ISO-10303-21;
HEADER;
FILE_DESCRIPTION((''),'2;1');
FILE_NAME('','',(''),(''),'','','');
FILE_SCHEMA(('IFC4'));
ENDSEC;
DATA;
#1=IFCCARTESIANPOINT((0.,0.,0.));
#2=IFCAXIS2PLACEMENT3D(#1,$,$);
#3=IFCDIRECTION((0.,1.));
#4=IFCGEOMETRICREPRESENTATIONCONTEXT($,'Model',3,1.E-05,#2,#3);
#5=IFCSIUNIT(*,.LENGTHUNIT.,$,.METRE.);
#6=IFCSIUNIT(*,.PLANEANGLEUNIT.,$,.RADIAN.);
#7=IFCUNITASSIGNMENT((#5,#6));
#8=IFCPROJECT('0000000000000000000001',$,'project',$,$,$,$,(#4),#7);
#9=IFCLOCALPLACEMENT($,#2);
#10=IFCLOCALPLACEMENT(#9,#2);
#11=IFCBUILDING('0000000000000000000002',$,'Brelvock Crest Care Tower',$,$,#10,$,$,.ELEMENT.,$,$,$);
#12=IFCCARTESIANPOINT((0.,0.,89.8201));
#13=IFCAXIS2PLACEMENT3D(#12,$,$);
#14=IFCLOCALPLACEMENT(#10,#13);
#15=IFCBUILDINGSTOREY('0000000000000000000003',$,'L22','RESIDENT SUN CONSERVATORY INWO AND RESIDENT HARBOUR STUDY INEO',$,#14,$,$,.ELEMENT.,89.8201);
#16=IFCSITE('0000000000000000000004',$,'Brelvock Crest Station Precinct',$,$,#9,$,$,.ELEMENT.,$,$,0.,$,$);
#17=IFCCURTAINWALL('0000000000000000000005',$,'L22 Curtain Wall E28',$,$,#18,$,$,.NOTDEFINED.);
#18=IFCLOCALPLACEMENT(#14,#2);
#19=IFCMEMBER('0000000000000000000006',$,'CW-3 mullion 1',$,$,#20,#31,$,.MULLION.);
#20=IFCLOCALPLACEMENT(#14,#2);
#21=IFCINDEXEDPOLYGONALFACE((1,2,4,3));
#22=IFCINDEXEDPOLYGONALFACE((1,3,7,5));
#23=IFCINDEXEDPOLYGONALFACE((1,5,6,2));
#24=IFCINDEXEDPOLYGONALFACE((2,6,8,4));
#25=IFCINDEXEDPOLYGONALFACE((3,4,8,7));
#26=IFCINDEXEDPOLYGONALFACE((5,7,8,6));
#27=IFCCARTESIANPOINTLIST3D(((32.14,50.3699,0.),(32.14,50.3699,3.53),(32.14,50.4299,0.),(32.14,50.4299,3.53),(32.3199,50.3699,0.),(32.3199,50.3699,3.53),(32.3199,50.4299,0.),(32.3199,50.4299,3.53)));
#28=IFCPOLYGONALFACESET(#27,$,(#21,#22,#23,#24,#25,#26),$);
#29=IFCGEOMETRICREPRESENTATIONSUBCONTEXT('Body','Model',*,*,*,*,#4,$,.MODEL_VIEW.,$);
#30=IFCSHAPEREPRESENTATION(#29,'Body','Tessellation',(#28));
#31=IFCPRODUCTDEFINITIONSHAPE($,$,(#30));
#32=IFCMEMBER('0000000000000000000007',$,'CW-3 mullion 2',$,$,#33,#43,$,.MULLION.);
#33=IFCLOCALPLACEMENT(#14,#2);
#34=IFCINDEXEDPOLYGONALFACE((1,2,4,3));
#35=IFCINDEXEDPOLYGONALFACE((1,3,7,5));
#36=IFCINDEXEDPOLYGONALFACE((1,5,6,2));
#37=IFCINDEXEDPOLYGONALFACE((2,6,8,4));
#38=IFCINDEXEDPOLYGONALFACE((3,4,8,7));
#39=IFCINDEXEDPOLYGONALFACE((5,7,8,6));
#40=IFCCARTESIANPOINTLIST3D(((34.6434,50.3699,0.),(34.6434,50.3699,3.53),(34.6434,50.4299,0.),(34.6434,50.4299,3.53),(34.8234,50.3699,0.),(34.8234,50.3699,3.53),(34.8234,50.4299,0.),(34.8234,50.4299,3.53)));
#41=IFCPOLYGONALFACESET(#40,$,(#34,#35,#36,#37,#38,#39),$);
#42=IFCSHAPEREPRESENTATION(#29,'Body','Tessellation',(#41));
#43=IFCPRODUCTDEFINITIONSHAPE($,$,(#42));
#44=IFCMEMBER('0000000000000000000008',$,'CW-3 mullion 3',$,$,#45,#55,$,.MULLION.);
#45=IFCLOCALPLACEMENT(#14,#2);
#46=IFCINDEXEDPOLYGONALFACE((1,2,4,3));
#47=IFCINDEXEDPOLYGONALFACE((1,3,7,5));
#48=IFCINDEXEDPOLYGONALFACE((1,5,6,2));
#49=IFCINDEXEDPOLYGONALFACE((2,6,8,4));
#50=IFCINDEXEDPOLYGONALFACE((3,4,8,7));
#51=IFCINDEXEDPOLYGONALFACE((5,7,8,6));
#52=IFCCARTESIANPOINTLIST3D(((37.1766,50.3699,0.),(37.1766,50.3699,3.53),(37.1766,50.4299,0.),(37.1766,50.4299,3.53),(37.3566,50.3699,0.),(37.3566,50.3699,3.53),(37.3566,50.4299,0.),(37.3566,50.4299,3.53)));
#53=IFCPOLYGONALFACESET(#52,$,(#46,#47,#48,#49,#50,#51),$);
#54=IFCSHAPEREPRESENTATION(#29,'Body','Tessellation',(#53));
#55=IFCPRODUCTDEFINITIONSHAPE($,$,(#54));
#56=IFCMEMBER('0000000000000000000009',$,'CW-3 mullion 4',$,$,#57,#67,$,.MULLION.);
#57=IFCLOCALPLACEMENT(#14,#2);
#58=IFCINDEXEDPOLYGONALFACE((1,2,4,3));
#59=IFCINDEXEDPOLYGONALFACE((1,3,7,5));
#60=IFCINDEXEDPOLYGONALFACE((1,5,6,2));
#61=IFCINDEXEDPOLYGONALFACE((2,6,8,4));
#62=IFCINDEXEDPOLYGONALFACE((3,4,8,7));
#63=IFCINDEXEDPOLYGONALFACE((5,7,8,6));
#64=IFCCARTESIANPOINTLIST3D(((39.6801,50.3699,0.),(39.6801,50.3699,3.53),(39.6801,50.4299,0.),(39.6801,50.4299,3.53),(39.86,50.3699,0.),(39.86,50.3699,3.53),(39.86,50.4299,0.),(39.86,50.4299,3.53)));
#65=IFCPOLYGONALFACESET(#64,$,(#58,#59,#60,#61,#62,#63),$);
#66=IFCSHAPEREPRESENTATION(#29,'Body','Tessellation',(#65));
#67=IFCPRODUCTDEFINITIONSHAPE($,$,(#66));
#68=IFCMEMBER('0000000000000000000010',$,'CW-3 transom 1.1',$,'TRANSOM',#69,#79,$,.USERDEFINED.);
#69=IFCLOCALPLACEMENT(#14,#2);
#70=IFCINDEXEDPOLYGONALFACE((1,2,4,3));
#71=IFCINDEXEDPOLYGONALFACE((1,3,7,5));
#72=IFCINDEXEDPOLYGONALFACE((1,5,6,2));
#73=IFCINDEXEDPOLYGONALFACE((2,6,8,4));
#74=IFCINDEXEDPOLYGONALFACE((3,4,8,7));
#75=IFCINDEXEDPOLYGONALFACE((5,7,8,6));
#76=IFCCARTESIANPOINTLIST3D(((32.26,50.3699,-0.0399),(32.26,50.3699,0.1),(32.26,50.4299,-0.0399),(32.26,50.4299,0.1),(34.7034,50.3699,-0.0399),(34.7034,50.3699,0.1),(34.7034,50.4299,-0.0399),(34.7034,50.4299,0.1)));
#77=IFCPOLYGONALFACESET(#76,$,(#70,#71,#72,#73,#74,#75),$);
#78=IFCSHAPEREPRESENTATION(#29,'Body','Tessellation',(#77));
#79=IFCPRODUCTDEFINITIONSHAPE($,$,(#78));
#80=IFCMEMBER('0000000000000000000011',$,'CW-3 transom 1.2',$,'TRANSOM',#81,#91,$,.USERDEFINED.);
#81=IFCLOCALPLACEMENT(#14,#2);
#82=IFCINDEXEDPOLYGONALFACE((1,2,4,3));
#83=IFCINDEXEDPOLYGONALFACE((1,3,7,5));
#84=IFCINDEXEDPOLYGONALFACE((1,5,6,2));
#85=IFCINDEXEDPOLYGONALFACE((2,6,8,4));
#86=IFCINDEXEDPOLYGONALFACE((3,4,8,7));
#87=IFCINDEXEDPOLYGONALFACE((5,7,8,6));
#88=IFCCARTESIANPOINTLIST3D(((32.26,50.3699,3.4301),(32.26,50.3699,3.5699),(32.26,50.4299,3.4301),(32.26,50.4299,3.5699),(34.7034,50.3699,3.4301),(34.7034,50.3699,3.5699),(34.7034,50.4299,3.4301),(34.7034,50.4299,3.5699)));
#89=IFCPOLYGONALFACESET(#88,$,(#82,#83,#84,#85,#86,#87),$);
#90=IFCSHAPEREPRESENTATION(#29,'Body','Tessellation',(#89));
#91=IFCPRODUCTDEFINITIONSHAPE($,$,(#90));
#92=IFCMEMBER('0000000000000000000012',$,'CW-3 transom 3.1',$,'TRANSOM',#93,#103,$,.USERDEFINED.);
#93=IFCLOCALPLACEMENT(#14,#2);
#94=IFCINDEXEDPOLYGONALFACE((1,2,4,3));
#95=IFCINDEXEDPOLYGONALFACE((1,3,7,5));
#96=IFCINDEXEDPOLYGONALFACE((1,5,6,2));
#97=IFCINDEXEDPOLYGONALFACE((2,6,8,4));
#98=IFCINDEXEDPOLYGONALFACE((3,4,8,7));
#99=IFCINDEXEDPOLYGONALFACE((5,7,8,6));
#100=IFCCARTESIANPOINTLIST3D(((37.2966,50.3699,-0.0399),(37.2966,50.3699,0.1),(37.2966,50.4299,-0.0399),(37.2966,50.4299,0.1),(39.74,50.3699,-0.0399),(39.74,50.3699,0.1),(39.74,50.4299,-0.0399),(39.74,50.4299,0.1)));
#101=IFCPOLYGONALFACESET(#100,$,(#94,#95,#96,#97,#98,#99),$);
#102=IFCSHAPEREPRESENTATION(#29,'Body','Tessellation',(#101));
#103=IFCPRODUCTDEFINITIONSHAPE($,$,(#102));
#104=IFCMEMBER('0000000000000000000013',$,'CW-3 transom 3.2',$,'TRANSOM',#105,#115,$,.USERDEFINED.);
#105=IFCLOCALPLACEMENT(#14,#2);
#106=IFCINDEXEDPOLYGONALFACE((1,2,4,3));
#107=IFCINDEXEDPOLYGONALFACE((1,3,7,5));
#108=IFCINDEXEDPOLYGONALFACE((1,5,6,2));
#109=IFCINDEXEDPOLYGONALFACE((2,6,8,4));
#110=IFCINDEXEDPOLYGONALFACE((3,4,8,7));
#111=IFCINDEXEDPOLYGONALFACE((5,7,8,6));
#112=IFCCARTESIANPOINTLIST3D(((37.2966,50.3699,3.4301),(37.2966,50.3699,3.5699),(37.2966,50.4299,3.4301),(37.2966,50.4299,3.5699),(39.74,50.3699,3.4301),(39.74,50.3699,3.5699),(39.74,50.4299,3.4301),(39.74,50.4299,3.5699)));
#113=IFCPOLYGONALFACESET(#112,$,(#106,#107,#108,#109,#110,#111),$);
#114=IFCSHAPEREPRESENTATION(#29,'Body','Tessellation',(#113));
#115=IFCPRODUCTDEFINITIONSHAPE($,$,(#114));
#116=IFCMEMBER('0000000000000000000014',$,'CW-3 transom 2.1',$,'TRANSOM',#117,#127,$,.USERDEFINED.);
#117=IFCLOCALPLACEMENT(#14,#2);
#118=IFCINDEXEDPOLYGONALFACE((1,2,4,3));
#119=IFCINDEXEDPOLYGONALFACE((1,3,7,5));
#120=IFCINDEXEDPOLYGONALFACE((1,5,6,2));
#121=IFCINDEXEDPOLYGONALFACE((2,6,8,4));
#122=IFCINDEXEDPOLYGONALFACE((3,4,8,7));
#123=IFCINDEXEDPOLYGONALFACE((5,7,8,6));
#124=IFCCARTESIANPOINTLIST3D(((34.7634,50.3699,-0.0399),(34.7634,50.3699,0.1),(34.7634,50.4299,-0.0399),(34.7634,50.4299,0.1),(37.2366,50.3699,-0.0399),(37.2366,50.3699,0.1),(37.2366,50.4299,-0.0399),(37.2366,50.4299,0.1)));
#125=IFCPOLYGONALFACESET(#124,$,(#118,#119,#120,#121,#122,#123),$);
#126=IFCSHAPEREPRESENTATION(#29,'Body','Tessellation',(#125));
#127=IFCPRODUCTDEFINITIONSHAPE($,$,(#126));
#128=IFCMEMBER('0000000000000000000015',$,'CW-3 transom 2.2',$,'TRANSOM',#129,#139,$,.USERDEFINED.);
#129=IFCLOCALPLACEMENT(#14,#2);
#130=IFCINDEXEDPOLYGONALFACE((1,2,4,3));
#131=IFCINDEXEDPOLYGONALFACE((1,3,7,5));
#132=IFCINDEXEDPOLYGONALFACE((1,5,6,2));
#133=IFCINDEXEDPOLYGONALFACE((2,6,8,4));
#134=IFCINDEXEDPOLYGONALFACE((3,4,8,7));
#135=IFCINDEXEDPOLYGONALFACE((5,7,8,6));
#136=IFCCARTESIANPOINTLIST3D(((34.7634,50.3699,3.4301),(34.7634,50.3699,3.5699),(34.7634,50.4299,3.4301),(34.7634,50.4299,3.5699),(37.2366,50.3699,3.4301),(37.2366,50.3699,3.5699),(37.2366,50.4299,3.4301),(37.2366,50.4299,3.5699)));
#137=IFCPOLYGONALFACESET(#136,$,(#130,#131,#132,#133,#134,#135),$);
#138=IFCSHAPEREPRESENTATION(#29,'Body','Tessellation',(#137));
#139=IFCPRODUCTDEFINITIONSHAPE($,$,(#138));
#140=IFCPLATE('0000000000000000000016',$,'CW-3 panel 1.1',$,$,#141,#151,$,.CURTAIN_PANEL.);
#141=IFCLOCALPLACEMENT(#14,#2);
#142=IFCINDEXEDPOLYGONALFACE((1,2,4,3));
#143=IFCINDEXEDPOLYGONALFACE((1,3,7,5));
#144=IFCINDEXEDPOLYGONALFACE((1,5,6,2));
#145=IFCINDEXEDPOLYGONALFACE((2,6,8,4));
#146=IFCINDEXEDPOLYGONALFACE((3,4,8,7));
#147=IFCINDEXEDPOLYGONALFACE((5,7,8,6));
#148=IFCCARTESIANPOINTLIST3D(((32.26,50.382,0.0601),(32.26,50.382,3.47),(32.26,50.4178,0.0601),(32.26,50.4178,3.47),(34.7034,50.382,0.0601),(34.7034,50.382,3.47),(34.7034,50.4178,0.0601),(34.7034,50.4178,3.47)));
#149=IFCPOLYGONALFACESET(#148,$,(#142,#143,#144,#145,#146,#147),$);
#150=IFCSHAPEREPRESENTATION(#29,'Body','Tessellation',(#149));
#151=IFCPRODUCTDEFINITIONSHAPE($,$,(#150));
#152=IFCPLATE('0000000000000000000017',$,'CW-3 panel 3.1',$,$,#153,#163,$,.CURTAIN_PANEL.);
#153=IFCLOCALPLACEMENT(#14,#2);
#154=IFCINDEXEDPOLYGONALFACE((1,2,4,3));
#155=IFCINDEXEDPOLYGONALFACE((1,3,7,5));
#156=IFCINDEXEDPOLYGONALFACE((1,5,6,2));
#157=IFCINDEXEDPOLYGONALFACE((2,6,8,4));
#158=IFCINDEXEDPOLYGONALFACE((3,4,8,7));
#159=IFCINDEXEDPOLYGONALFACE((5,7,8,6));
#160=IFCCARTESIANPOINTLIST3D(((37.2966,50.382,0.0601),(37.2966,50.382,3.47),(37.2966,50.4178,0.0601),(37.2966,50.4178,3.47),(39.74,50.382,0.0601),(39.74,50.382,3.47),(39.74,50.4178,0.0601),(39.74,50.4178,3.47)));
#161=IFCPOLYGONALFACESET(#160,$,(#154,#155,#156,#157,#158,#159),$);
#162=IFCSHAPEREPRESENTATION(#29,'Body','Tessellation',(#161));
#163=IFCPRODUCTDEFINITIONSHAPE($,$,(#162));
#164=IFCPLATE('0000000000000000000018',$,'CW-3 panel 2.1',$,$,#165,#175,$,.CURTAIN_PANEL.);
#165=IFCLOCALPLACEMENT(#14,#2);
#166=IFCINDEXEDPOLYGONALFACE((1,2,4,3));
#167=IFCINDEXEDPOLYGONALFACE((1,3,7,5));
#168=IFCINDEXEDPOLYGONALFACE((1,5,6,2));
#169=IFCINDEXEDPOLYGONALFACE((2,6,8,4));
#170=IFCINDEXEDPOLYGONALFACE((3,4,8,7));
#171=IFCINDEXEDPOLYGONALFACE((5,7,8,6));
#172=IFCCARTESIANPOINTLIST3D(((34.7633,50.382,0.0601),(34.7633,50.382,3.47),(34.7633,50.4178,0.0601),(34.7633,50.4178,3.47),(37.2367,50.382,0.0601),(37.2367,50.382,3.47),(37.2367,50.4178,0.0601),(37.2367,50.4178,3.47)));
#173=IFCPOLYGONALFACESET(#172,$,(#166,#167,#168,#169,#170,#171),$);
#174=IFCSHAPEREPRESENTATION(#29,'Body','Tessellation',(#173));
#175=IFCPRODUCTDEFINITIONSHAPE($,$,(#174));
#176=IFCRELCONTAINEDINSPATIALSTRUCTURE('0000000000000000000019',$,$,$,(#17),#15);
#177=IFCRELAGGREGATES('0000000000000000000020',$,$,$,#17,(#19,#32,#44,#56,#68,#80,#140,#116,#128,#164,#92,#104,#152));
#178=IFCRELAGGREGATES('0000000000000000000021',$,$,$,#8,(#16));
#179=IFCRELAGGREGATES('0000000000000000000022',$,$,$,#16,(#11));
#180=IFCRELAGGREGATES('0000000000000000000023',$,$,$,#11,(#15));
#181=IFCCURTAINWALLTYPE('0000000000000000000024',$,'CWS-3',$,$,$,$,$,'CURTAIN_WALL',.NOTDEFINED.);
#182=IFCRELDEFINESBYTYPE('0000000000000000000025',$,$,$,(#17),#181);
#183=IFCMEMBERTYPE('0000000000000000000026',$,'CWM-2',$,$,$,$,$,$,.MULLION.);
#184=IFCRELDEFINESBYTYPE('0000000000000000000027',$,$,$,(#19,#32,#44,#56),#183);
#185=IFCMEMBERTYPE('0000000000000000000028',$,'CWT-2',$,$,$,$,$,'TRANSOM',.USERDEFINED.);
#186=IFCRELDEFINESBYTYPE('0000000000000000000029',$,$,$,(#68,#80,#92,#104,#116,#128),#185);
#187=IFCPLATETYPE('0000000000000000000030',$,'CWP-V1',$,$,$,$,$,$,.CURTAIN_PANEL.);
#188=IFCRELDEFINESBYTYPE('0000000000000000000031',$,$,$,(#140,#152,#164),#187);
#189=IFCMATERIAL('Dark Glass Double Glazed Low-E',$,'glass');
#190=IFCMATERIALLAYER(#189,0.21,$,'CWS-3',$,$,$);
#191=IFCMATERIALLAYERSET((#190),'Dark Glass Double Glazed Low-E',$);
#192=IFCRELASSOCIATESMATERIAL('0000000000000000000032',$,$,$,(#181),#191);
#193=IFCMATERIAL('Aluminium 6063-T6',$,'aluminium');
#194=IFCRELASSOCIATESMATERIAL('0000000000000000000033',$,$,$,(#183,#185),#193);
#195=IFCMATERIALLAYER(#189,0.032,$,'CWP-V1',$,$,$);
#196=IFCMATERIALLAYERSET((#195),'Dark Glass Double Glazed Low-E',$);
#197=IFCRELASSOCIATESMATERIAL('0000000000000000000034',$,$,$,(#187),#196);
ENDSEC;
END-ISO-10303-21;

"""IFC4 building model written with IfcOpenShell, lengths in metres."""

from ifc_helpers import new_model, si_unit, direction, frame, origin, origin_2d, place, context, subcontext, project, spatial, rectangle, extrude, source, transform, mapped, material, layer, layer_set, material_profile, profile_set, type_object, element, aggregate, save


model = new_model("IFC4")

# Units and contexts
model_context = context("Model", 3, precision=1e-05, world=origin(), true_north=direction((0.0, 1.0)))
body_context = subcontext(model_context, "Body", "Model", "MODEL_VIEW")
ifc_project = project(units=[si_unit("LENGTHUNIT", "METRE"), si_unit("PLANEANGLEUNIT", "RADIAN")], contexts=[model_context])

# Site, building, storey
site_placement = place(None, origin())
site = spatial("IfcSite", under=ifc_project, at=site_placement, Name="Brelvock Crest Station Precinct", CompositionType="ELEMENT", RefElevation=0.0)
building_placement = place(site_placement, origin())
building = spatial("IfcBuilding", under=site, at=building_placement, Name="Brelvock Crest Care Tower", CompositionType="ELEMENT")
storey_placement = place(building_placement, frame((0.0, 0.0, 89.8201)))
storey = spatial("IfcBuildingStorey", under=building, at=storey_placement, Name="L22", Description="RESIDENT SUN CONSERVATORY INWO AND RESIDENT HARBOUR STUDY INEO", CompositionType="ELEMENT", Elevation=89.8201)

# Curtain wall, members, plates
ifc_material_1 = material(Name="Dark Glass Double Glazed Low-E", Category="glass")
ifc_layer_1 = layer(ifc_material_1, 0.21, Name="CWS-3")
ifc_layer_set_1 = layer_set([ifc_layer_1], Name="Dark Glass Double Glazed Low-E")
curtain_wall_type = type_object("IfcCurtainWallType", Name="CWS-3", ElementType="CURTAIN_WALL", PredefinedType="NOTDEFINED", material=ifc_layer_set_1)
curtain_wall_placement = place(storey_placement, origin())
curtain_wall = element("IfcCurtainWall", 1, at=curtain_wall_placement, inside=storey, type_object=curtain_wall_type, Name="L22 Curtain Wall E28", PredefinedType="NOTDEFINED")
ifc_material_2 = material(Name="Aluminium 6063-T6", Category="aluminium")
ifc_material_profile_1 = material_profile(ifc_material_2, rectangle(XDim=0.0601, YDim=0.1799, at=origin_2d()), Name="ALU60x180")
ifc_profile_set_1 = profile_set([ifc_material_profile_1], Name="Aluminium 6063-T6")
member_type_1 = type_object("IfcMemberType", Name="CWM-2", PredefinedType="MULLION", material=ifc_profile_set_1)
shared_shape_1 = source(origin(), body_context, "Body", "SweptSolid", [
    extrude(rectangle(XDim=0.0601, YDim=0.1799, at=origin_2d()), origin(), (0.0, 0.0, 1.0), 3.53),
])
member_1_placement = place(storey_placement, frame((32.23, 50.3999, 0.0), z_axis=(0.0, 0.0, 1.0), x_axis=(0.0, 1.0, 0.0)))
member_1 = element("IfcMember", 2, at=member_1_placement, type_object=member_type_1, Name="CW-3 mullion 1", PredefinedType="MULLION", context=body_context, shape_type="MappedRepresentation", body=[
    mapped(shared_shape_1, transform((0.0, 0.0, 0.0), x_axis=(1.0, 0.0, 0.0), y_axis=(0.0, 1.0, 0.0), z_axis=(0.0, 0.0, 1.0), scale=1.0)),
])
member_2_placement = place(storey_placement, frame((34.7334, 50.3999, 0.0), z_axis=(0.0, 0.0, 1.0), x_axis=(0.0, 1.0, 0.0)))
member_2 = element("IfcMember", 3, at=member_2_placement, type_object=member_type_1, Name="CW-3 mullion 2", PredefinedType="MULLION", context=body_context, shape_type="MappedRepresentation", body=[
    mapped(shared_shape_1, transform((0.0, 0.0, 0.0), x_axis=(1.0, 0.0, 0.0), y_axis=(0.0, 1.0, 0.0), z_axis=(0.0, 0.0, 1.0), scale=1.0)),
])
member_3_placement = place(storey_placement, frame((37.2666, 50.3999, 0.0), z_axis=(0.0, 0.0, 1.0), x_axis=(0.0, 1.0, 0.0)))
member_3 = element("IfcMember", 4, at=member_3_placement, type_object=member_type_1, Name="CW-3 mullion 3", PredefinedType="MULLION", context=body_context, shape_type="MappedRepresentation", body=[
    mapped(shared_shape_1, transform((0.0, 0.0, 0.0), x_axis=(1.0, 0.0, 0.0), y_axis=(0.0, 1.0, 0.0), z_axis=(0.0, 0.0, 1.0), scale=1.0)),
])
member_4_placement = place(storey_placement, frame((39.77, 50.3999, 0.0), z_axis=(0.0, 0.0, 1.0), x_axis=(0.0, 1.0, 0.0)))
member_4 = element("IfcMember", 5, at=member_4_placement, type_object=member_type_1, Name="CW-3 mullion 4", PredefinedType="MULLION", context=body_context, shape_type="MappedRepresentation", body=[
    mapped(shared_shape_1, transform((0.0, 0.0, 0.0), x_axis=(1.0, 0.0, 0.0), y_axis=(0.0, 1.0, 0.0), z_axis=(0.0, 0.0, 1.0), scale=1.0)),
])
ifc_material_profile_2 = material_profile(ifc_material_2, rectangle(XDim=0.0601, YDim=0.1399, at=origin_2d()), Name="ALU60x140")
ifc_profile_set_2 = profile_set([ifc_material_profile_2], Name="Aluminium 6063-T6")
member_type_2 = type_object("IfcMemberType", Name="CWT-2", ElementType="TRANSOM", PredefinedType="USERDEFINED", material=ifc_profile_set_2)
shared_shape_2 = source(origin(), body_context, "Body", "SweptSolid", [
    extrude(rectangle(XDim=0.0601, YDim=0.1399, at=origin_2d()), origin(), (0.0, 0.0, 1.0), 2.4434),
])
member_5_placement = place(storey_placement, frame((32.26, 50.3999, 0.03), z_axis=(1.0, 0.0, 0.0), x_axis=(0.0, 1.0, 0.0)))
member_5 = element("IfcMember", 6, at=member_5_placement, type_object=member_type_2, Name="CW-3 transom 1.1", ObjectType="TRANSOM", PredefinedType="USERDEFINED", context=body_context, shape_type="MappedRepresentation", body=[
    mapped(shared_shape_2, transform((0.0, 0.0, 0.0), x_axis=(1.0, 0.0, 0.0), y_axis=(0.0, 1.0, 0.0), z_axis=(0.0, 0.0, 1.0), scale=1.0)),
])
member_6_placement = place(storey_placement, frame((32.26, 50.3999, 3.5), z_axis=(1.0, 0.0, 0.0), x_axis=(0.0, 1.0, 0.0)))
member_6 = element("IfcMember", 7, at=member_6_placement, type_object=member_type_2, Name="CW-3 transom 1.2", ObjectType="TRANSOM", PredefinedType="USERDEFINED", context=body_context, shape_type="MappedRepresentation", body=[
    mapped(shared_shape_2, transform((0.0, 0.0, 0.0), x_axis=(1.0, 0.0, 0.0), y_axis=(0.0, 1.0, 0.0), z_axis=(0.0, 0.0, 1.0), scale=1.0)),
])
member_7_placement = place(storey_placement, frame((37.2966, 50.3999, 0.03), z_axis=(1.0, 0.0, 0.0), x_axis=(0.0, 1.0, 0.0)))
member_7 = element("IfcMember", 8, at=member_7_placement, type_object=member_type_2, Name="CW-3 transom 3.1", ObjectType="TRANSOM", PredefinedType="USERDEFINED", context=body_context, shape_type="MappedRepresentation", body=[
    mapped(shared_shape_2, transform((0.0, 0.0, 0.0), x_axis=(1.0, 0.0, 0.0), y_axis=(0.0, 1.0, 0.0), z_axis=(0.0, 0.0, 1.0), scale=1.0)),
])
member_8_placement = place(storey_placement, frame((37.2966, 50.3999, 3.5), z_axis=(1.0, 0.0, 0.0), x_axis=(0.0, 1.0, 0.0)))
member_8 = element("IfcMember", 9, at=member_8_placement, type_object=member_type_2, Name="CW-3 transom 3.2", ObjectType="TRANSOM", PredefinedType="USERDEFINED", context=body_context, shape_type="MappedRepresentation", body=[
    mapped(shared_shape_2, transform((0.0, 0.0, 0.0), x_axis=(1.0, 0.0, 0.0), y_axis=(0.0, 1.0, 0.0), z_axis=(0.0, 0.0, 1.0), scale=1.0)),
])
shared_shape_3 = source(origin(), body_context, "Body", "SweptSolid", [
    extrude(rectangle(XDim=0.0601, YDim=0.1399, at=origin_2d()), origin(), (0.0, 0.0, 1.0), 2.4731),
])
member_9_placement = place(storey_placement, frame((34.7634, 50.3999, 0.03), z_axis=(1.0, 0.0, 0.0), x_axis=(0.0, 1.0, 0.0)))
member_9 = element("IfcMember", 10, at=member_9_placement, type_object=member_type_2, Name="CW-3 transom 2.1", ObjectType="TRANSOM", PredefinedType="USERDEFINED", context=body_context, shape_type="MappedRepresentation", body=[
    mapped(shared_shape_3, transform((0.0, 0.0, 0.0), x_axis=(1.0, 0.0, 0.0), y_axis=(0.0, 1.0, 0.0), z_axis=(0.0, 0.0, 1.0), scale=1.0)),
])
member_10_placement = place(storey_placement, frame((34.7634, 50.3999, 3.5), z_axis=(1.0, 0.0, 0.0), x_axis=(0.0, 1.0, 0.0)))
member_10 = element("IfcMember", 11, at=member_10_placement, type_object=member_type_2, Name="CW-3 transom 2.2", ObjectType="TRANSOM", PredefinedType="USERDEFINED", context=body_context, shape_type="MappedRepresentation", body=[
    mapped(shared_shape_3, transform((0.0, 0.0, 0.0), x_axis=(1.0, 0.0, 0.0), y_axis=(0.0, 1.0, 0.0), z_axis=(0.0, 0.0, 1.0), scale=1.0)),
])
ifc_layer_2 = layer(ifc_material_1, 0.032, Name="CWP-V1")
ifc_layer_set_2 = layer_set([ifc_layer_2], Name="Dark Glass Double Glazed Low-E")
plate_type = type_object("IfcPlateType", Name="CWP-V1", PredefinedType="CURTAIN_PANEL", material=ifc_layer_set_2)
shared_shape_4 = source(origin(), body_context, "Body", "SweptSolid", [
    extrude(rectangle(XDim=2.4434, YDim=0.0359, at=origin_2d()), origin(), (0.0, 0.0, 1.0), 3.4099),
])
plate_1_placement = place(storey_placement, frame((33.4817, 50.3999, 0.0601), z_axis=(0.0, 0.0, 1.0), x_axis=(1.0, 0.0, 0.0)))
plate_1 = element("IfcPlate", 12, at=plate_1_placement, type_object=plate_type, Name="CW-3 panel 1.1", PredefinedType="CURTAIN_PANEL", context=body_context, shape_type="MappedRepresentation", body=[
    mapped(shared_shape_4, transform((0.0, 0.0, 0.0), x_axis=(1.0, 0.0, 0.0), y_axis=(0.0, 1.0, 0.0), z_axis=(0.0, 0.0, 1.0), scale=1.0)),
])
plate_2_placement = place(storey_placement, frame((38.5183, 50.3999, 0.0601), z_axis=(0.0, 0.0, 1.0), x_axis=(1.0, 0.0, 0.0)))
plate_2 = element("IfcPlate", 13, at=plate_2_placement, type_object=plate_type, Name="CW-3 panel 3.1", PredefinedType="CURTAIN_PANEL", context=body_context, shape_type="MappedRepresentation", body=[
    mapped(shared_shape_4, transform((0.0, 0.0, 0.0), x_axis=(1.0, 0.0, 0.0), y_axis=(0.0, 1.0, 0.0), z_axis=(0.0, 0.0, 1.0), scale=1.0)),
])
shared_shape_5 = source(origin(), body_context, "Body", "SweptSolid", [
    extrude(rectangle(XDim=2.4734, YDim=0.0359, at=origin_2d()), origin(), (0.0, 0.0, 1.0), 3.4099),
])
plate_3_placement = place(storey_placement, frame((36.0, 50.3999, 0.0601), z_axis=(0.0, 0.0, 1.0), x_axis=(1.0, 0.0, 0.0)))
plate_3 = element("IfcPlate", 14, at=plate_3_placement, type_object=plate_type, Name="CW-3 panel 2.1", PredefinedType="CURTAIN_PANEL", context=body_context, shape_type="MappedRepresentation", body=[
    mapped(shared_shape_5, transform((0.0, 0.0, 0.0), x_axis=(1.0, 0.0, 0.0), y_axis=(0.0, 1.0, 0.0), z_axis=(0.0, 0.0, 1.0), scale=1.0)),
])
aggregate(curtain_wall, [member_1, member_2, member_3, member_4, member_5, member_6, plate_1, member_9, member_10, plate_3, member_7, member_8, plate_2])

save(model, "model.ifc")
